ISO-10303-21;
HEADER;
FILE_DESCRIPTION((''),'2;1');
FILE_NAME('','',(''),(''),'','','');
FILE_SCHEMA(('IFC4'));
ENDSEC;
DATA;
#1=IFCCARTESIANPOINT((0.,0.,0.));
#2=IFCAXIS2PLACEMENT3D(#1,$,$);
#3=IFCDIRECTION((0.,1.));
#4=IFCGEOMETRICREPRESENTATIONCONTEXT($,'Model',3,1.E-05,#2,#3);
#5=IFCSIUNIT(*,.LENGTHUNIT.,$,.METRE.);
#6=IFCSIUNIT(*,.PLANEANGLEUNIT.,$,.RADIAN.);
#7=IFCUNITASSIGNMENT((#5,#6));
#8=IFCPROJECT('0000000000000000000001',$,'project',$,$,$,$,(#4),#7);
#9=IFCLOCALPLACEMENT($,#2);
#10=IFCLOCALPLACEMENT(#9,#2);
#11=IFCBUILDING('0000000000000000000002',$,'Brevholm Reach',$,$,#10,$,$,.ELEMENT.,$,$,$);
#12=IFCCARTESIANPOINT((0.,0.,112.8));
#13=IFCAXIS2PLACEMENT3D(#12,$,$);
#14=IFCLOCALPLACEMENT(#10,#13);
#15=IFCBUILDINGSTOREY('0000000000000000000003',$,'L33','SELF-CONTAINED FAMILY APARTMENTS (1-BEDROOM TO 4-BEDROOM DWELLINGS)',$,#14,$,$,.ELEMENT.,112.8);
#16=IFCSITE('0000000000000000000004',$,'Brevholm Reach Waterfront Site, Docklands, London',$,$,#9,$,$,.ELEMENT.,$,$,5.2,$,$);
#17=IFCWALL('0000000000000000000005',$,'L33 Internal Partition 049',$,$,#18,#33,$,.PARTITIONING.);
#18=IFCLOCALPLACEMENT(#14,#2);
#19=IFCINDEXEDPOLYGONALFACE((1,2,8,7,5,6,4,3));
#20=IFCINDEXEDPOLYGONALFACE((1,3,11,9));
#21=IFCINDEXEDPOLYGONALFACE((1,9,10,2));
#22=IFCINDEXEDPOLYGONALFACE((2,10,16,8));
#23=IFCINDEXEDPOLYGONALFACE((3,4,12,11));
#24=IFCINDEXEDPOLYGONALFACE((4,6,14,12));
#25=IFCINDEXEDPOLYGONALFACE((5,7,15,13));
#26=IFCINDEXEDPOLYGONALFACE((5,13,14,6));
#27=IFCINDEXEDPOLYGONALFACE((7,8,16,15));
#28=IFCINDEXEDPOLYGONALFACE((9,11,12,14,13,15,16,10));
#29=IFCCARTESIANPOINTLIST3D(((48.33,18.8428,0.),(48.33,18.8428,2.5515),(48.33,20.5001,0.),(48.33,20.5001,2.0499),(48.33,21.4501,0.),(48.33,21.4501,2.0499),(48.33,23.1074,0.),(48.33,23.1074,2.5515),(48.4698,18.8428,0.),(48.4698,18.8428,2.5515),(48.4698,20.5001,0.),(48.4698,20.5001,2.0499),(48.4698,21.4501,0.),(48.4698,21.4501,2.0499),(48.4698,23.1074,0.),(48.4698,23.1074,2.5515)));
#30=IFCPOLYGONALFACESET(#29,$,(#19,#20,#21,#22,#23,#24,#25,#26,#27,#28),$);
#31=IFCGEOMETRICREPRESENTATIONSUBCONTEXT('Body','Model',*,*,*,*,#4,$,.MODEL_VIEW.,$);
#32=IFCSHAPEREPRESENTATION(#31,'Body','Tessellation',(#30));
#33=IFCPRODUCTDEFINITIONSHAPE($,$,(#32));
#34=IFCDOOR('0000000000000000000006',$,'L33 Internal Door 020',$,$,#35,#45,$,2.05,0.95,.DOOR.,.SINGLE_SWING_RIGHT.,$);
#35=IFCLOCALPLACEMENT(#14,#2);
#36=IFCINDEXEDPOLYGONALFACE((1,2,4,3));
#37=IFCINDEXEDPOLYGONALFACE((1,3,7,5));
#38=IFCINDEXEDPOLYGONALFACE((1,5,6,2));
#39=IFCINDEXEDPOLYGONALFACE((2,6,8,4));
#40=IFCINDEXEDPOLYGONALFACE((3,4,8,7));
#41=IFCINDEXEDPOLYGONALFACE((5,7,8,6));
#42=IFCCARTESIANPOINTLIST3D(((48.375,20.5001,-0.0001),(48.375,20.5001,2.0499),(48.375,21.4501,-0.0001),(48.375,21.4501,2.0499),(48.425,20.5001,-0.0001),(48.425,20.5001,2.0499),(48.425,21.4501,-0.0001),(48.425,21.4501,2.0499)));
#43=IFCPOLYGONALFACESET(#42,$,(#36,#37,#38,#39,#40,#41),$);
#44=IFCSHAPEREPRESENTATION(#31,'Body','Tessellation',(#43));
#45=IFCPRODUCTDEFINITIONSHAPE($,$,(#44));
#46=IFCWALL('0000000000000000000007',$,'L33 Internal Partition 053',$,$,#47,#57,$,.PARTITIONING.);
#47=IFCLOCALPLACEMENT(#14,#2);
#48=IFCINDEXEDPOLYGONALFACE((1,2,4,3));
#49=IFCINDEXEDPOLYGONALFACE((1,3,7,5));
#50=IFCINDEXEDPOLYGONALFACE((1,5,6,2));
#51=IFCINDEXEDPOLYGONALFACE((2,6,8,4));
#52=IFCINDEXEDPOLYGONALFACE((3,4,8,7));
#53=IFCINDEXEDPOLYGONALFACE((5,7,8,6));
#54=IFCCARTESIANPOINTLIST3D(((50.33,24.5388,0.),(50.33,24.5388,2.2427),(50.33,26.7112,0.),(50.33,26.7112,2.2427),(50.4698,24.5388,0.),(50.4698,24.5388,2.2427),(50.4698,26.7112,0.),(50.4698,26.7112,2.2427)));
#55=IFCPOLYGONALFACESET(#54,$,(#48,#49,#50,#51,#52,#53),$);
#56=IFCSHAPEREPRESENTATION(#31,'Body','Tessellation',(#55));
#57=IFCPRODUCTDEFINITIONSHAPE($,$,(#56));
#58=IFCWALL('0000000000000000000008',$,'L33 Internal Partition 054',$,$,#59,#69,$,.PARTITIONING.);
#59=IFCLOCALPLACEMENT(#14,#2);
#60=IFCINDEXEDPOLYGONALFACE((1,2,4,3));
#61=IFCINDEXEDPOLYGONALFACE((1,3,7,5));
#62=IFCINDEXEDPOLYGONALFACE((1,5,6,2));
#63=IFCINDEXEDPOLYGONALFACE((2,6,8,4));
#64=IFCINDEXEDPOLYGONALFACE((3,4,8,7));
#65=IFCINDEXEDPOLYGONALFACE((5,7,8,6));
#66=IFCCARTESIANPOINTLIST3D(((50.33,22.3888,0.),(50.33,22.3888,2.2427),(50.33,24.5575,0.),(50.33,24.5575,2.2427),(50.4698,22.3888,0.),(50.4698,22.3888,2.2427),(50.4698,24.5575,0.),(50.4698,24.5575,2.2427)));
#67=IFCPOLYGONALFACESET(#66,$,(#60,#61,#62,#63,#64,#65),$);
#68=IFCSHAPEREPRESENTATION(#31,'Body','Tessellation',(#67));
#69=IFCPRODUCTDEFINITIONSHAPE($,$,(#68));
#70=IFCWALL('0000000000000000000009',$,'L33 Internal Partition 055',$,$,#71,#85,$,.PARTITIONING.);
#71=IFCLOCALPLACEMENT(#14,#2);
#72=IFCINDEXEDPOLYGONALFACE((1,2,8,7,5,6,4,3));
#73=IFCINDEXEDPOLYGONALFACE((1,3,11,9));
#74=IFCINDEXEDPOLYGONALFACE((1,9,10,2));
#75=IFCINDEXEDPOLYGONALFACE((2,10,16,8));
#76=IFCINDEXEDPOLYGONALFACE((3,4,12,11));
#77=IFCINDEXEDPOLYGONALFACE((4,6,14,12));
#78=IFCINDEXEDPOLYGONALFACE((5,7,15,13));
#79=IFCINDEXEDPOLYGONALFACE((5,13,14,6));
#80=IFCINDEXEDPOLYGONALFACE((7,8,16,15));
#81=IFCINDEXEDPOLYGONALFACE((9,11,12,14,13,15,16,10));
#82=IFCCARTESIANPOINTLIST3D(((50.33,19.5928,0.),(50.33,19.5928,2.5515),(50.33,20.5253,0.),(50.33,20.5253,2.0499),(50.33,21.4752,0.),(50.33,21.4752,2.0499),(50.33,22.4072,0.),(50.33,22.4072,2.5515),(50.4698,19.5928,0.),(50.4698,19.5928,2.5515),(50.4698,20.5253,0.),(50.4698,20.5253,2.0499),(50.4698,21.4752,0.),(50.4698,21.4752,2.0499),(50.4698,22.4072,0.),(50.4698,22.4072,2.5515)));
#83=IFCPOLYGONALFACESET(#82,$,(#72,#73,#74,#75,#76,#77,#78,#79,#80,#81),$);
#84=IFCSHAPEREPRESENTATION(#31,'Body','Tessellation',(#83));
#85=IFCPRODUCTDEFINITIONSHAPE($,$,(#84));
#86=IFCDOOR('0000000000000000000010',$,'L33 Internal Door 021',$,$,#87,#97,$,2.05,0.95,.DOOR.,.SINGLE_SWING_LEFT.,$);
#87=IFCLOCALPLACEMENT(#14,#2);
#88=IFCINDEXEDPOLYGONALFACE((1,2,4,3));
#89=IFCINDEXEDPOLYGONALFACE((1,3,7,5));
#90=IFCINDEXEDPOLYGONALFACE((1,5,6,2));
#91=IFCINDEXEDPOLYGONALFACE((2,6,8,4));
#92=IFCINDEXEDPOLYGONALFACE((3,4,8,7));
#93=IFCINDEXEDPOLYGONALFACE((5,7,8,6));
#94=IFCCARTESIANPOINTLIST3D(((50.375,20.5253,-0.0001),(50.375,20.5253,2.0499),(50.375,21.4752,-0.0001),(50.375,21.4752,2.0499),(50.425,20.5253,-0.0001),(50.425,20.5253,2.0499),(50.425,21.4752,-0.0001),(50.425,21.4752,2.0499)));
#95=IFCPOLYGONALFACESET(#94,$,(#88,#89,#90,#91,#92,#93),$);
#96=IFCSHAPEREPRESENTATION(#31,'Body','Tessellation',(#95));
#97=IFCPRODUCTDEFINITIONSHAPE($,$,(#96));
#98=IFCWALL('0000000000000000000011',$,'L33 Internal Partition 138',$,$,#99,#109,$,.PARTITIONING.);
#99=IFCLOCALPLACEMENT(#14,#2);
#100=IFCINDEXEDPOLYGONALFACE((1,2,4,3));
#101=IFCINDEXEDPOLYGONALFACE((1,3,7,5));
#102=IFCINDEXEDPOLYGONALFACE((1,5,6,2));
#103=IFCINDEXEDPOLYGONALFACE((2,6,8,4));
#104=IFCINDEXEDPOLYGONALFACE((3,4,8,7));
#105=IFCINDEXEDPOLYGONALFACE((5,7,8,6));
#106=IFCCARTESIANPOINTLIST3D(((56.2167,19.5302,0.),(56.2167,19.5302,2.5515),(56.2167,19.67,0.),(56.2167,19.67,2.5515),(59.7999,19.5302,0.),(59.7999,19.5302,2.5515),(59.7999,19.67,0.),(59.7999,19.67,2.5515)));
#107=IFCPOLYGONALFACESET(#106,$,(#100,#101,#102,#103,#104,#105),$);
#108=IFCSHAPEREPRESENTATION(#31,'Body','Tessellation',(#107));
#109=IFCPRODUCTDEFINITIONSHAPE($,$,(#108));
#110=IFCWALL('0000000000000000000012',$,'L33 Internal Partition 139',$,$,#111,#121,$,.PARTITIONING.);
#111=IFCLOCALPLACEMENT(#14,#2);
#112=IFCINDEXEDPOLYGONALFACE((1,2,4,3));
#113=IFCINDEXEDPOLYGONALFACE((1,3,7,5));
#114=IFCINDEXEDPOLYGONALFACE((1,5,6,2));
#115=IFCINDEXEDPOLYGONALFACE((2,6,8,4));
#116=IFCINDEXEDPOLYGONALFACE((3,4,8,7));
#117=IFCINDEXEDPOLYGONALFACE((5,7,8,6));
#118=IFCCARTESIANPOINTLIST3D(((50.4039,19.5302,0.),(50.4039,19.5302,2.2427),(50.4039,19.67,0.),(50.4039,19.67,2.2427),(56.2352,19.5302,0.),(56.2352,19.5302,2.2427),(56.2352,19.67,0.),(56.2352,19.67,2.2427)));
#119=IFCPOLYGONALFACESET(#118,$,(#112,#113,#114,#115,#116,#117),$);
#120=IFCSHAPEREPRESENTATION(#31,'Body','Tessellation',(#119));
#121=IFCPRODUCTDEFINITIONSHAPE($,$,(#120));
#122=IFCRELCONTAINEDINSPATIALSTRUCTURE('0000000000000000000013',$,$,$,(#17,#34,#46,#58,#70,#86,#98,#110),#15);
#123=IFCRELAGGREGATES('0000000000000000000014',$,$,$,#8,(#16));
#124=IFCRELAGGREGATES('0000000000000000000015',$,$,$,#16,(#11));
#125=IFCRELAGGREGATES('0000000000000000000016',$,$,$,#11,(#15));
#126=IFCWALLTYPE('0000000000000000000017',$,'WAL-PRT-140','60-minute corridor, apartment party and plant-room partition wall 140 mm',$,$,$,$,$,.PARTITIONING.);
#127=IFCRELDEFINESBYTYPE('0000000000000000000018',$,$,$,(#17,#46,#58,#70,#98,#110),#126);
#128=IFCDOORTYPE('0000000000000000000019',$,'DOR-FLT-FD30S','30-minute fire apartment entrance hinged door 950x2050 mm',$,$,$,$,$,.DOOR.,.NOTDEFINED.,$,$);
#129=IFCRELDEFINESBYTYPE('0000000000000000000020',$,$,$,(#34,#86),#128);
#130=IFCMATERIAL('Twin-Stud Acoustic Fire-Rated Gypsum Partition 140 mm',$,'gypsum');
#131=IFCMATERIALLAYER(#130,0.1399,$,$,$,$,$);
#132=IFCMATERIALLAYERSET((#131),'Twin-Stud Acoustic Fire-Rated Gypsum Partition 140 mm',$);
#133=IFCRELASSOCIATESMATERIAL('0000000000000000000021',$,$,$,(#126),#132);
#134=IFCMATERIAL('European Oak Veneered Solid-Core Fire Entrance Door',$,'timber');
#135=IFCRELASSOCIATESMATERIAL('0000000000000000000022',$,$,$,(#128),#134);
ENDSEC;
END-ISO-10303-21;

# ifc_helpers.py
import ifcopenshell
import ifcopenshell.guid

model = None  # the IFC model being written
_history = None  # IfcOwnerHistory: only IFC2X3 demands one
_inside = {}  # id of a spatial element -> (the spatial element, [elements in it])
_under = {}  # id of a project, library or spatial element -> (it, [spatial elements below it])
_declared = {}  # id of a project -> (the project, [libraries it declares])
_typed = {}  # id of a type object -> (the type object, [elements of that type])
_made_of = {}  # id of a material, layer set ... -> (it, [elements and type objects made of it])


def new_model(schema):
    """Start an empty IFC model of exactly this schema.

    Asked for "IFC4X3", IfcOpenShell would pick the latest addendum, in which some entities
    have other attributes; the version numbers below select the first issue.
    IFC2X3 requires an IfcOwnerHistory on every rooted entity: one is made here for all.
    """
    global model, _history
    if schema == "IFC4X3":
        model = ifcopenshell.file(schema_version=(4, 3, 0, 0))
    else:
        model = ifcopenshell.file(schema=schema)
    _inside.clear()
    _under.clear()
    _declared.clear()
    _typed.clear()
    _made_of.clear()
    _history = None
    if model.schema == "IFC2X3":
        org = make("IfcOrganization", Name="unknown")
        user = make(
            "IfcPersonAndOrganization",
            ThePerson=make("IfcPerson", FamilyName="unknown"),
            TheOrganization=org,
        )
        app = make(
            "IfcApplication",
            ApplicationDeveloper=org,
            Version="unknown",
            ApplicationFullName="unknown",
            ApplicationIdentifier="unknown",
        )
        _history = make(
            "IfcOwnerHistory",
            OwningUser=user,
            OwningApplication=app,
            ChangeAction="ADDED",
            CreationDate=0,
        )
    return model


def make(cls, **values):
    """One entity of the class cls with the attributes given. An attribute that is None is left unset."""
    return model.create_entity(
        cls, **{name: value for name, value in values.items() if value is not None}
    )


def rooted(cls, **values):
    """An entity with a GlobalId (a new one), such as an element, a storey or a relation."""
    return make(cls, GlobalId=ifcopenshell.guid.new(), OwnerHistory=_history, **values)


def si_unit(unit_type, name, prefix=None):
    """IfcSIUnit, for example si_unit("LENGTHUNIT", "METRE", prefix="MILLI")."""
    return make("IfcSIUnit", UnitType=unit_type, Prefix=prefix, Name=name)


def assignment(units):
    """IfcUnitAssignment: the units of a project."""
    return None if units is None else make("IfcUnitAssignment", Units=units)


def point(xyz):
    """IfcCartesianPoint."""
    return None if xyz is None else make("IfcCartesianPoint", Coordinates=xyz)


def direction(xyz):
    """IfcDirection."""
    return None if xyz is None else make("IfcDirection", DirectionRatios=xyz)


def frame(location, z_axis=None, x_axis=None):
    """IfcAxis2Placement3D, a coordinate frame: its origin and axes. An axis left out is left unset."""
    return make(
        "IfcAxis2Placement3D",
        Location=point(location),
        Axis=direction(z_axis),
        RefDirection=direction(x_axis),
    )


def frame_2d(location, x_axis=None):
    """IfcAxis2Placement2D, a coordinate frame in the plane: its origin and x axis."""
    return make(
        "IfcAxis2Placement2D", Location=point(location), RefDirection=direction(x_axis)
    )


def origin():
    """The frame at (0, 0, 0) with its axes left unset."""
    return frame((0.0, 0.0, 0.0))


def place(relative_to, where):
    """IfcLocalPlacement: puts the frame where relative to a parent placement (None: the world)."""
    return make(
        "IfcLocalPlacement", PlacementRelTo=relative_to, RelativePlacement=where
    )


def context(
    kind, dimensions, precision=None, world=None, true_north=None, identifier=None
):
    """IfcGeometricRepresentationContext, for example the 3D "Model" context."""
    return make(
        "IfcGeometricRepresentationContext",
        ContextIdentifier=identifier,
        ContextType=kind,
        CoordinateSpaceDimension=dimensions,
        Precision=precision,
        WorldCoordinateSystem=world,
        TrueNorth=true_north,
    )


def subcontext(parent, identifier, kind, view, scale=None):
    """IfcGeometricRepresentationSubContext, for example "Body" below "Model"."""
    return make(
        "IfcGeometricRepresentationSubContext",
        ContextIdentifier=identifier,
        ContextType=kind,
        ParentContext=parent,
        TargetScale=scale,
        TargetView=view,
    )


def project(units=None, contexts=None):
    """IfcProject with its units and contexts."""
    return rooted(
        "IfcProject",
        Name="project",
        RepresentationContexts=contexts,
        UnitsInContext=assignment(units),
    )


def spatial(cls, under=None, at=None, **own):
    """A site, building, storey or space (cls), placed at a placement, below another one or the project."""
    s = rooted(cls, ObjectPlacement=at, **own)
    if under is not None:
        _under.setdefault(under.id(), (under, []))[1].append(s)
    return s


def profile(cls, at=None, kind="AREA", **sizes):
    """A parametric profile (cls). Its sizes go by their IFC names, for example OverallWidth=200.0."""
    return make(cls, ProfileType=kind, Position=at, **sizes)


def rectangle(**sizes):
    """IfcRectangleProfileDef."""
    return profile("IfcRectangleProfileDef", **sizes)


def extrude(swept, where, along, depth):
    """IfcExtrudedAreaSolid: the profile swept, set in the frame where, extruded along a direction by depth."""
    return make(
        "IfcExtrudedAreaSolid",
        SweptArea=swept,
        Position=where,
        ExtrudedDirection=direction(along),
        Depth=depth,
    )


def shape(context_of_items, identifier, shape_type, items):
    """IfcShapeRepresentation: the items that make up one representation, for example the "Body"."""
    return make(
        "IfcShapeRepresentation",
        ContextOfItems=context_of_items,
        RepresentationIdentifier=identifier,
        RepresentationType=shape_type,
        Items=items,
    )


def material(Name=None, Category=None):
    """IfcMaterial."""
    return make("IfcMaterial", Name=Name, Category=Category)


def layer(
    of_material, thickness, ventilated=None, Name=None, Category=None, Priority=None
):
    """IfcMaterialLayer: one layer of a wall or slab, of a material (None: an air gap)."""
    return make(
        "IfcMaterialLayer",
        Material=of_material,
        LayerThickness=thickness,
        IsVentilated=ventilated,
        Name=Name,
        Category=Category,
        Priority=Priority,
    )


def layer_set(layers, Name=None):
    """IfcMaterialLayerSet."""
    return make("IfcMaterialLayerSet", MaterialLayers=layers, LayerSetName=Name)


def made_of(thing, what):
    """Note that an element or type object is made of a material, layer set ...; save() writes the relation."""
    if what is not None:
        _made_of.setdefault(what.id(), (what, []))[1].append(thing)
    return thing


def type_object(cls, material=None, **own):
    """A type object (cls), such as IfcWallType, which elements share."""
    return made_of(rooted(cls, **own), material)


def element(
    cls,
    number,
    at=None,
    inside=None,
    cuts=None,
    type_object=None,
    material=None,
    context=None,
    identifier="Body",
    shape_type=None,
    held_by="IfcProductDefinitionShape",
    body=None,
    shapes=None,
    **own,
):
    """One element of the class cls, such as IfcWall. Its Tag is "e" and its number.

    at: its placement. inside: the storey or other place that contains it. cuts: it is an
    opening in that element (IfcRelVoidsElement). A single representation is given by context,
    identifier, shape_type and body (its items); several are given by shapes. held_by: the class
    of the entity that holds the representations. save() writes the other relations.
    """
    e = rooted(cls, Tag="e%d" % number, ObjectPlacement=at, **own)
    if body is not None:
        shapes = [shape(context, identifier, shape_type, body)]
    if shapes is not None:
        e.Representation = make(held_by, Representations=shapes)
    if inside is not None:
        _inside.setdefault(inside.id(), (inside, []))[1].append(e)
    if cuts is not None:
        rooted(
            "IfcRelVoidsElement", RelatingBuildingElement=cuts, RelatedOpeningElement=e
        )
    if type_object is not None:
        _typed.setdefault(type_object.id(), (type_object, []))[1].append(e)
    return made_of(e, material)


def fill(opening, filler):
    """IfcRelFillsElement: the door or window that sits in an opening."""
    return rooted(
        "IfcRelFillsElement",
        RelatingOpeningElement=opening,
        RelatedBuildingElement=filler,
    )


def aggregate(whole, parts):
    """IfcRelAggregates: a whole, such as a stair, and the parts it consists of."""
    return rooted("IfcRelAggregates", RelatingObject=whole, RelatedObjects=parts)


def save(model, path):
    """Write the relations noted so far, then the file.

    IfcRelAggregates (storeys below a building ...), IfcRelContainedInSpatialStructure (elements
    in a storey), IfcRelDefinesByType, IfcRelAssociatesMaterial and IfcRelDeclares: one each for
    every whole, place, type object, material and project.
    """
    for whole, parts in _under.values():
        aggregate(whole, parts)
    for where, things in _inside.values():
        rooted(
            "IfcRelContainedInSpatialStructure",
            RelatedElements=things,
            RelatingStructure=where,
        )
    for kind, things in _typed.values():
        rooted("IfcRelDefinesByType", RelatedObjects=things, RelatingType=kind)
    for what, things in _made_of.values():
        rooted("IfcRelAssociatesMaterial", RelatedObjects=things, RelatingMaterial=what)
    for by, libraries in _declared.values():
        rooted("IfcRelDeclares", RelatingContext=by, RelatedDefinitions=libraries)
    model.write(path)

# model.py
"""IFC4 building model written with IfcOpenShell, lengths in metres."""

from ifc_helpers import new_model, si_unit, direction, frame, frame_2d, origin, place, context, subcontext, project, spatial, rectangle, extrude, material, layer, layer_set, type_object, element, fill, save


model = new_model("IFC4")

# Units and contexts
model_context = context("Model", 3, precision=1e-05, world=origin(), true_north=direction((0.0, 1.0)))
body_context = subcontext(model_context, "Body", "Model", "MODEL_VIEW")
ifc_project = project(units=[si_unit("LENGTHUNIT", "METRE"), si_unit("PLANEANGLEUNIT", "RADIAN")], contexts=[model_context])

# Site, building, storey
site_placement = place(None, origin())
site = spatial("IfcSite", under=ifc_project, at=site_placement, Name="Brevholm Reach Waterfront Site, Docklands, London", CompositionType="ELEMENT", RefElevation=5.2)
building_placement = place(site_placement, origin())
building = spatial("IfcBuilding", under=site, at=building_placement, Name="Brevholm Reach", CompositionType="ELEMENT")
storey_placement = place(building_placement, frame((0.0, 0.0, 112.8)))
storey = spatial("IfcBuildingStorey", under=building, at=storey_placement, Name="L33", Description="SELF-CONTAINED FAMILY APARTMENTS (1-BEDROOM TO 4-BEDROOM DWELLINGS)", CompositionType="ELEMENT", Elevation=112.8)

# Shared definitions
ifc_material_1 = material(Name="Twin-Stud Acoustic Fire-Rated Gypsum Partition 140 mm", Category="gypsum")
ifc_layer_1 = layer(ifc_material_1, 0.1399)
ifc_layer_set_1 = layer_set([ifc_layer_1], Name="Twin-Stud Acoustic Fire-Rated Gypsum Partition 140 mm")
wall_type_1 = type_object("IfcWallType", Name="WAL-PRT-140", Description="60-minute corridor, apartment party and plant-room partition wall 140 mm", PredefinedType="PARTITIONING", material=ifc_layer_set_1)

# Wall, opening, door
wall_1_placement = place(storey_placement, frame((48.3999, 18.8428, 0.0), z_axis=(0.0, 0.0, 1.0), x_axis=(0.0, 1.0, 0.0)))
wall_1 = element("IfcWall", 1, at=wall_1_placement, inside=storey, type_object=wall_type_1, Name="L33 Internal Partition 049", PredefinedType="PARTITIONING", context=body_context, shape_type="SweptSolid", body=[
    extrude(rectangle(XDim=4.2646, YDim=0.1399, at=frame_2d((2.1323, 0.0))), origin(), (0.0, 0.0, 1.0), 2.5515),
])
opening_1_placement = place(wall_1_placement, frame((1.6572, 0.0, 0.0)))
opening_1 = element("IfcOpeningElement", 2, at=opening_1_placement, cuts=wall_1, PredefinedType="OPENING", context=body_context, shape_type="SweptSolid", body=[
    extrude(rectangle(XDim=0.95, YDim=2.05, at=frame_2d((0.4751, 1.0249))), frame((0.0, 0.0798, 0.0), z_axis=(0.0, -1.0, 0.0), x_axis=(1.0, 0.0, 0.0)), (0.0, 0.0, 1.0), 0.1599),
])
ifc_material_2 = material(Name="European Oak Veneered Solid-Core Fire Entrance Door", Category="timber")
door_type_1 = type_object("IfcDoorType", Name="DOR-FLT-FD30S", Description="30-minute fire apartment entrance hinged door 950x2050 mm", OperationType="NOTDEFINED", PredefinedType="DOOR", material=ifc_material_2)
door_1_placement = place(opening_1_placement, origin())
door_1 = element("IfcDoor", 3, at=door_1_placement, inside=storey, type_object=door_type_1, Name="L33 Internal Door 020", OperationType="SINGLE_SWING_RIGHT", OverallHeight=2.05, OverallWidth=0.95, PredefinedType="DOOR", context=body_context, shape_type="SweptSolid", body=[
    extrude(rectangle(XDim=0.95, YDim=2.05, at=frame_2d((0.4751, 1.0249))), frame((0.0, 0.0249, 0.0), z_axis=(0.0, -1.0, 0.0), x_axis=(1.0, 0.0, 0.0)), (0.0, 0.0, 1.0), 0.05),
])
fill(opening_1, door_1)

# Walls
wall_2_placement = place(storey_placement, frame((50.3999, 24.5388, 0.0), z_axis=(0.0, 0.0, 1.0), x_axis=(0.0, 1.0, 0.0)))
element("IfcWall", 4, at=wall_2_placement, inside=storey, type_object=wall_type_1, Name="L33 Internal Partition 053", PredefinedType="PARTITIONING", context=body_context, shape_type="SweptSolid", body=[
    extrude(rectangle(XDim=2.1724, YDim=0.1399, at=frame_2d((1.0862, 0.0))), origin(), (0.0, 0.0, 1.0), 2.2427),
])
wall_3_placement = place(storey_placement, frame((50.3999, 22.3887, 0.0), z_axis=(0.0, 0.0, 1.0), x_axis=(0.0, 1.0, 0.0)))
element("IfcWall", 5, at=wall_3_placement, inside=storey, type_object=wall_type_1, Name="L33 Internal Partition 054", PredefinedType="PARTITIONING", context=body_context, shape_type="SweptSolid", body=[
    extrude(rectangle(XDim=2.1687, YDim=0.1399, at=frame_2d((1.0845, 0.0))), origin(), (0.0, 0.0, 1.0), 2.2427),
])

# Wall, opening, door
wall_4_placement = place(storey_placement, frame((50.3999, 19.5928, 0.0), z_axis=(0.0, 0.0, 1.0), x_axis=(0.0, 1.0, 0.0)))
wall_4 = element("IfcWall", 6, at=wall_4_placement, inside=storey, type_object=wall_type_1, Name="L33 Internal Partition 055", PredefinedType="PARTITIONING", context=body_context, shape_type="SweptSolid", body=[
    extrude(rectangle(XDim=2.8145, YDim=0.1399, at=frame_2d((1.4072, 0.0))), origin(), (0.0, 0.0, 1.0), 2.5515),
])
opening_2_placement = place(wall_4_placement, frame((0.9324, 0.0, 0.0)))
opening_2 = element("IfcOpeningElement", 7, at=opening_2_placement, cuts=wall_4, PredefinedType="OPENING", context=body_context, shape_type="SweptSolid", body=[
    extrude(rectangle(XDim=0.95, YDim=2.05, at=frame_2d((0.4751, 1.0249))), frame((0.0, 0.0798, 0.0), z_axis=(0.0, -1.0, 0.0), x_axis=(1.0, 0.0, 0.0)), (0.0, 0.0, 1.0), 0.1599),
])
door_2_placement = place(opening_2_placement, origin())
door_2 = element("IfcDoor", 8, at=door_2_placement, inside=storey, type_object=door_type_1, Name="L33 Internal Door 021", OperationType="SINGLE_SWING_LEFT", OverallHeight=2.05, OverallWidth=0.95, PredefinedType="DOOR", context=body_context, shape_type="SweptSolid", body=[
    extrude(rectangle(XDim=0.95, YDim=2.05, at=frame_2d((0.4751, 1.0249))), frame((0.0, 0.0249, 0.0), z_axis=(0.0, -1.0, 0.0), x_axis=(1.0, 0.0, 0.0)), (0.0, 0.0, 1.0), 0.05),
])
fill(opening_2, door_2)

# Walls
wall_5_placement = place(storey_placement, frame((56.2168, 19.6001, 0.0), z_axis=(0.0, 0.0, 1.0), x_axis=(1.0, 0.0, 0.0)))
element("IfcWall", 9, at=wall_5_placement, inside=storey, type_object=wall_type_1, Name="L33 Internal Partition 138", PredefinedType="PARTITIONING", context=body_context, shape_type="SweptSolid", body=[
    extrude(rectangle(XDim=3.5833, YDim=0.1399, at=frame_2d((1.7915, 0.0))), origin(), (0.0, 0.0, 1.0), 2.5515),
])
wall_6_placement = place(storey_placement, frame((50.4041, 19.6001, 0.0), z_axis=(0.0, 0.0, 1.0), x_axis=(1.0, 0.0, 0.0)))
element("IfcWall", 10, at=wall_6_placement, inside=storey, type_object=wall_type_1, Name="L33 Internal Partition 139", PredefinedType="PARTITIONING", context=body_context, shape_type="SweptSolid", body=[
    extrude(rectangle(XDim=5.8313, YDim=0.1399, at=frame_2d((2.9155, 0.0))), origin(), (0.0, 0.0, 1.0), 2.2427),
])

save(model, "model.ifc")
